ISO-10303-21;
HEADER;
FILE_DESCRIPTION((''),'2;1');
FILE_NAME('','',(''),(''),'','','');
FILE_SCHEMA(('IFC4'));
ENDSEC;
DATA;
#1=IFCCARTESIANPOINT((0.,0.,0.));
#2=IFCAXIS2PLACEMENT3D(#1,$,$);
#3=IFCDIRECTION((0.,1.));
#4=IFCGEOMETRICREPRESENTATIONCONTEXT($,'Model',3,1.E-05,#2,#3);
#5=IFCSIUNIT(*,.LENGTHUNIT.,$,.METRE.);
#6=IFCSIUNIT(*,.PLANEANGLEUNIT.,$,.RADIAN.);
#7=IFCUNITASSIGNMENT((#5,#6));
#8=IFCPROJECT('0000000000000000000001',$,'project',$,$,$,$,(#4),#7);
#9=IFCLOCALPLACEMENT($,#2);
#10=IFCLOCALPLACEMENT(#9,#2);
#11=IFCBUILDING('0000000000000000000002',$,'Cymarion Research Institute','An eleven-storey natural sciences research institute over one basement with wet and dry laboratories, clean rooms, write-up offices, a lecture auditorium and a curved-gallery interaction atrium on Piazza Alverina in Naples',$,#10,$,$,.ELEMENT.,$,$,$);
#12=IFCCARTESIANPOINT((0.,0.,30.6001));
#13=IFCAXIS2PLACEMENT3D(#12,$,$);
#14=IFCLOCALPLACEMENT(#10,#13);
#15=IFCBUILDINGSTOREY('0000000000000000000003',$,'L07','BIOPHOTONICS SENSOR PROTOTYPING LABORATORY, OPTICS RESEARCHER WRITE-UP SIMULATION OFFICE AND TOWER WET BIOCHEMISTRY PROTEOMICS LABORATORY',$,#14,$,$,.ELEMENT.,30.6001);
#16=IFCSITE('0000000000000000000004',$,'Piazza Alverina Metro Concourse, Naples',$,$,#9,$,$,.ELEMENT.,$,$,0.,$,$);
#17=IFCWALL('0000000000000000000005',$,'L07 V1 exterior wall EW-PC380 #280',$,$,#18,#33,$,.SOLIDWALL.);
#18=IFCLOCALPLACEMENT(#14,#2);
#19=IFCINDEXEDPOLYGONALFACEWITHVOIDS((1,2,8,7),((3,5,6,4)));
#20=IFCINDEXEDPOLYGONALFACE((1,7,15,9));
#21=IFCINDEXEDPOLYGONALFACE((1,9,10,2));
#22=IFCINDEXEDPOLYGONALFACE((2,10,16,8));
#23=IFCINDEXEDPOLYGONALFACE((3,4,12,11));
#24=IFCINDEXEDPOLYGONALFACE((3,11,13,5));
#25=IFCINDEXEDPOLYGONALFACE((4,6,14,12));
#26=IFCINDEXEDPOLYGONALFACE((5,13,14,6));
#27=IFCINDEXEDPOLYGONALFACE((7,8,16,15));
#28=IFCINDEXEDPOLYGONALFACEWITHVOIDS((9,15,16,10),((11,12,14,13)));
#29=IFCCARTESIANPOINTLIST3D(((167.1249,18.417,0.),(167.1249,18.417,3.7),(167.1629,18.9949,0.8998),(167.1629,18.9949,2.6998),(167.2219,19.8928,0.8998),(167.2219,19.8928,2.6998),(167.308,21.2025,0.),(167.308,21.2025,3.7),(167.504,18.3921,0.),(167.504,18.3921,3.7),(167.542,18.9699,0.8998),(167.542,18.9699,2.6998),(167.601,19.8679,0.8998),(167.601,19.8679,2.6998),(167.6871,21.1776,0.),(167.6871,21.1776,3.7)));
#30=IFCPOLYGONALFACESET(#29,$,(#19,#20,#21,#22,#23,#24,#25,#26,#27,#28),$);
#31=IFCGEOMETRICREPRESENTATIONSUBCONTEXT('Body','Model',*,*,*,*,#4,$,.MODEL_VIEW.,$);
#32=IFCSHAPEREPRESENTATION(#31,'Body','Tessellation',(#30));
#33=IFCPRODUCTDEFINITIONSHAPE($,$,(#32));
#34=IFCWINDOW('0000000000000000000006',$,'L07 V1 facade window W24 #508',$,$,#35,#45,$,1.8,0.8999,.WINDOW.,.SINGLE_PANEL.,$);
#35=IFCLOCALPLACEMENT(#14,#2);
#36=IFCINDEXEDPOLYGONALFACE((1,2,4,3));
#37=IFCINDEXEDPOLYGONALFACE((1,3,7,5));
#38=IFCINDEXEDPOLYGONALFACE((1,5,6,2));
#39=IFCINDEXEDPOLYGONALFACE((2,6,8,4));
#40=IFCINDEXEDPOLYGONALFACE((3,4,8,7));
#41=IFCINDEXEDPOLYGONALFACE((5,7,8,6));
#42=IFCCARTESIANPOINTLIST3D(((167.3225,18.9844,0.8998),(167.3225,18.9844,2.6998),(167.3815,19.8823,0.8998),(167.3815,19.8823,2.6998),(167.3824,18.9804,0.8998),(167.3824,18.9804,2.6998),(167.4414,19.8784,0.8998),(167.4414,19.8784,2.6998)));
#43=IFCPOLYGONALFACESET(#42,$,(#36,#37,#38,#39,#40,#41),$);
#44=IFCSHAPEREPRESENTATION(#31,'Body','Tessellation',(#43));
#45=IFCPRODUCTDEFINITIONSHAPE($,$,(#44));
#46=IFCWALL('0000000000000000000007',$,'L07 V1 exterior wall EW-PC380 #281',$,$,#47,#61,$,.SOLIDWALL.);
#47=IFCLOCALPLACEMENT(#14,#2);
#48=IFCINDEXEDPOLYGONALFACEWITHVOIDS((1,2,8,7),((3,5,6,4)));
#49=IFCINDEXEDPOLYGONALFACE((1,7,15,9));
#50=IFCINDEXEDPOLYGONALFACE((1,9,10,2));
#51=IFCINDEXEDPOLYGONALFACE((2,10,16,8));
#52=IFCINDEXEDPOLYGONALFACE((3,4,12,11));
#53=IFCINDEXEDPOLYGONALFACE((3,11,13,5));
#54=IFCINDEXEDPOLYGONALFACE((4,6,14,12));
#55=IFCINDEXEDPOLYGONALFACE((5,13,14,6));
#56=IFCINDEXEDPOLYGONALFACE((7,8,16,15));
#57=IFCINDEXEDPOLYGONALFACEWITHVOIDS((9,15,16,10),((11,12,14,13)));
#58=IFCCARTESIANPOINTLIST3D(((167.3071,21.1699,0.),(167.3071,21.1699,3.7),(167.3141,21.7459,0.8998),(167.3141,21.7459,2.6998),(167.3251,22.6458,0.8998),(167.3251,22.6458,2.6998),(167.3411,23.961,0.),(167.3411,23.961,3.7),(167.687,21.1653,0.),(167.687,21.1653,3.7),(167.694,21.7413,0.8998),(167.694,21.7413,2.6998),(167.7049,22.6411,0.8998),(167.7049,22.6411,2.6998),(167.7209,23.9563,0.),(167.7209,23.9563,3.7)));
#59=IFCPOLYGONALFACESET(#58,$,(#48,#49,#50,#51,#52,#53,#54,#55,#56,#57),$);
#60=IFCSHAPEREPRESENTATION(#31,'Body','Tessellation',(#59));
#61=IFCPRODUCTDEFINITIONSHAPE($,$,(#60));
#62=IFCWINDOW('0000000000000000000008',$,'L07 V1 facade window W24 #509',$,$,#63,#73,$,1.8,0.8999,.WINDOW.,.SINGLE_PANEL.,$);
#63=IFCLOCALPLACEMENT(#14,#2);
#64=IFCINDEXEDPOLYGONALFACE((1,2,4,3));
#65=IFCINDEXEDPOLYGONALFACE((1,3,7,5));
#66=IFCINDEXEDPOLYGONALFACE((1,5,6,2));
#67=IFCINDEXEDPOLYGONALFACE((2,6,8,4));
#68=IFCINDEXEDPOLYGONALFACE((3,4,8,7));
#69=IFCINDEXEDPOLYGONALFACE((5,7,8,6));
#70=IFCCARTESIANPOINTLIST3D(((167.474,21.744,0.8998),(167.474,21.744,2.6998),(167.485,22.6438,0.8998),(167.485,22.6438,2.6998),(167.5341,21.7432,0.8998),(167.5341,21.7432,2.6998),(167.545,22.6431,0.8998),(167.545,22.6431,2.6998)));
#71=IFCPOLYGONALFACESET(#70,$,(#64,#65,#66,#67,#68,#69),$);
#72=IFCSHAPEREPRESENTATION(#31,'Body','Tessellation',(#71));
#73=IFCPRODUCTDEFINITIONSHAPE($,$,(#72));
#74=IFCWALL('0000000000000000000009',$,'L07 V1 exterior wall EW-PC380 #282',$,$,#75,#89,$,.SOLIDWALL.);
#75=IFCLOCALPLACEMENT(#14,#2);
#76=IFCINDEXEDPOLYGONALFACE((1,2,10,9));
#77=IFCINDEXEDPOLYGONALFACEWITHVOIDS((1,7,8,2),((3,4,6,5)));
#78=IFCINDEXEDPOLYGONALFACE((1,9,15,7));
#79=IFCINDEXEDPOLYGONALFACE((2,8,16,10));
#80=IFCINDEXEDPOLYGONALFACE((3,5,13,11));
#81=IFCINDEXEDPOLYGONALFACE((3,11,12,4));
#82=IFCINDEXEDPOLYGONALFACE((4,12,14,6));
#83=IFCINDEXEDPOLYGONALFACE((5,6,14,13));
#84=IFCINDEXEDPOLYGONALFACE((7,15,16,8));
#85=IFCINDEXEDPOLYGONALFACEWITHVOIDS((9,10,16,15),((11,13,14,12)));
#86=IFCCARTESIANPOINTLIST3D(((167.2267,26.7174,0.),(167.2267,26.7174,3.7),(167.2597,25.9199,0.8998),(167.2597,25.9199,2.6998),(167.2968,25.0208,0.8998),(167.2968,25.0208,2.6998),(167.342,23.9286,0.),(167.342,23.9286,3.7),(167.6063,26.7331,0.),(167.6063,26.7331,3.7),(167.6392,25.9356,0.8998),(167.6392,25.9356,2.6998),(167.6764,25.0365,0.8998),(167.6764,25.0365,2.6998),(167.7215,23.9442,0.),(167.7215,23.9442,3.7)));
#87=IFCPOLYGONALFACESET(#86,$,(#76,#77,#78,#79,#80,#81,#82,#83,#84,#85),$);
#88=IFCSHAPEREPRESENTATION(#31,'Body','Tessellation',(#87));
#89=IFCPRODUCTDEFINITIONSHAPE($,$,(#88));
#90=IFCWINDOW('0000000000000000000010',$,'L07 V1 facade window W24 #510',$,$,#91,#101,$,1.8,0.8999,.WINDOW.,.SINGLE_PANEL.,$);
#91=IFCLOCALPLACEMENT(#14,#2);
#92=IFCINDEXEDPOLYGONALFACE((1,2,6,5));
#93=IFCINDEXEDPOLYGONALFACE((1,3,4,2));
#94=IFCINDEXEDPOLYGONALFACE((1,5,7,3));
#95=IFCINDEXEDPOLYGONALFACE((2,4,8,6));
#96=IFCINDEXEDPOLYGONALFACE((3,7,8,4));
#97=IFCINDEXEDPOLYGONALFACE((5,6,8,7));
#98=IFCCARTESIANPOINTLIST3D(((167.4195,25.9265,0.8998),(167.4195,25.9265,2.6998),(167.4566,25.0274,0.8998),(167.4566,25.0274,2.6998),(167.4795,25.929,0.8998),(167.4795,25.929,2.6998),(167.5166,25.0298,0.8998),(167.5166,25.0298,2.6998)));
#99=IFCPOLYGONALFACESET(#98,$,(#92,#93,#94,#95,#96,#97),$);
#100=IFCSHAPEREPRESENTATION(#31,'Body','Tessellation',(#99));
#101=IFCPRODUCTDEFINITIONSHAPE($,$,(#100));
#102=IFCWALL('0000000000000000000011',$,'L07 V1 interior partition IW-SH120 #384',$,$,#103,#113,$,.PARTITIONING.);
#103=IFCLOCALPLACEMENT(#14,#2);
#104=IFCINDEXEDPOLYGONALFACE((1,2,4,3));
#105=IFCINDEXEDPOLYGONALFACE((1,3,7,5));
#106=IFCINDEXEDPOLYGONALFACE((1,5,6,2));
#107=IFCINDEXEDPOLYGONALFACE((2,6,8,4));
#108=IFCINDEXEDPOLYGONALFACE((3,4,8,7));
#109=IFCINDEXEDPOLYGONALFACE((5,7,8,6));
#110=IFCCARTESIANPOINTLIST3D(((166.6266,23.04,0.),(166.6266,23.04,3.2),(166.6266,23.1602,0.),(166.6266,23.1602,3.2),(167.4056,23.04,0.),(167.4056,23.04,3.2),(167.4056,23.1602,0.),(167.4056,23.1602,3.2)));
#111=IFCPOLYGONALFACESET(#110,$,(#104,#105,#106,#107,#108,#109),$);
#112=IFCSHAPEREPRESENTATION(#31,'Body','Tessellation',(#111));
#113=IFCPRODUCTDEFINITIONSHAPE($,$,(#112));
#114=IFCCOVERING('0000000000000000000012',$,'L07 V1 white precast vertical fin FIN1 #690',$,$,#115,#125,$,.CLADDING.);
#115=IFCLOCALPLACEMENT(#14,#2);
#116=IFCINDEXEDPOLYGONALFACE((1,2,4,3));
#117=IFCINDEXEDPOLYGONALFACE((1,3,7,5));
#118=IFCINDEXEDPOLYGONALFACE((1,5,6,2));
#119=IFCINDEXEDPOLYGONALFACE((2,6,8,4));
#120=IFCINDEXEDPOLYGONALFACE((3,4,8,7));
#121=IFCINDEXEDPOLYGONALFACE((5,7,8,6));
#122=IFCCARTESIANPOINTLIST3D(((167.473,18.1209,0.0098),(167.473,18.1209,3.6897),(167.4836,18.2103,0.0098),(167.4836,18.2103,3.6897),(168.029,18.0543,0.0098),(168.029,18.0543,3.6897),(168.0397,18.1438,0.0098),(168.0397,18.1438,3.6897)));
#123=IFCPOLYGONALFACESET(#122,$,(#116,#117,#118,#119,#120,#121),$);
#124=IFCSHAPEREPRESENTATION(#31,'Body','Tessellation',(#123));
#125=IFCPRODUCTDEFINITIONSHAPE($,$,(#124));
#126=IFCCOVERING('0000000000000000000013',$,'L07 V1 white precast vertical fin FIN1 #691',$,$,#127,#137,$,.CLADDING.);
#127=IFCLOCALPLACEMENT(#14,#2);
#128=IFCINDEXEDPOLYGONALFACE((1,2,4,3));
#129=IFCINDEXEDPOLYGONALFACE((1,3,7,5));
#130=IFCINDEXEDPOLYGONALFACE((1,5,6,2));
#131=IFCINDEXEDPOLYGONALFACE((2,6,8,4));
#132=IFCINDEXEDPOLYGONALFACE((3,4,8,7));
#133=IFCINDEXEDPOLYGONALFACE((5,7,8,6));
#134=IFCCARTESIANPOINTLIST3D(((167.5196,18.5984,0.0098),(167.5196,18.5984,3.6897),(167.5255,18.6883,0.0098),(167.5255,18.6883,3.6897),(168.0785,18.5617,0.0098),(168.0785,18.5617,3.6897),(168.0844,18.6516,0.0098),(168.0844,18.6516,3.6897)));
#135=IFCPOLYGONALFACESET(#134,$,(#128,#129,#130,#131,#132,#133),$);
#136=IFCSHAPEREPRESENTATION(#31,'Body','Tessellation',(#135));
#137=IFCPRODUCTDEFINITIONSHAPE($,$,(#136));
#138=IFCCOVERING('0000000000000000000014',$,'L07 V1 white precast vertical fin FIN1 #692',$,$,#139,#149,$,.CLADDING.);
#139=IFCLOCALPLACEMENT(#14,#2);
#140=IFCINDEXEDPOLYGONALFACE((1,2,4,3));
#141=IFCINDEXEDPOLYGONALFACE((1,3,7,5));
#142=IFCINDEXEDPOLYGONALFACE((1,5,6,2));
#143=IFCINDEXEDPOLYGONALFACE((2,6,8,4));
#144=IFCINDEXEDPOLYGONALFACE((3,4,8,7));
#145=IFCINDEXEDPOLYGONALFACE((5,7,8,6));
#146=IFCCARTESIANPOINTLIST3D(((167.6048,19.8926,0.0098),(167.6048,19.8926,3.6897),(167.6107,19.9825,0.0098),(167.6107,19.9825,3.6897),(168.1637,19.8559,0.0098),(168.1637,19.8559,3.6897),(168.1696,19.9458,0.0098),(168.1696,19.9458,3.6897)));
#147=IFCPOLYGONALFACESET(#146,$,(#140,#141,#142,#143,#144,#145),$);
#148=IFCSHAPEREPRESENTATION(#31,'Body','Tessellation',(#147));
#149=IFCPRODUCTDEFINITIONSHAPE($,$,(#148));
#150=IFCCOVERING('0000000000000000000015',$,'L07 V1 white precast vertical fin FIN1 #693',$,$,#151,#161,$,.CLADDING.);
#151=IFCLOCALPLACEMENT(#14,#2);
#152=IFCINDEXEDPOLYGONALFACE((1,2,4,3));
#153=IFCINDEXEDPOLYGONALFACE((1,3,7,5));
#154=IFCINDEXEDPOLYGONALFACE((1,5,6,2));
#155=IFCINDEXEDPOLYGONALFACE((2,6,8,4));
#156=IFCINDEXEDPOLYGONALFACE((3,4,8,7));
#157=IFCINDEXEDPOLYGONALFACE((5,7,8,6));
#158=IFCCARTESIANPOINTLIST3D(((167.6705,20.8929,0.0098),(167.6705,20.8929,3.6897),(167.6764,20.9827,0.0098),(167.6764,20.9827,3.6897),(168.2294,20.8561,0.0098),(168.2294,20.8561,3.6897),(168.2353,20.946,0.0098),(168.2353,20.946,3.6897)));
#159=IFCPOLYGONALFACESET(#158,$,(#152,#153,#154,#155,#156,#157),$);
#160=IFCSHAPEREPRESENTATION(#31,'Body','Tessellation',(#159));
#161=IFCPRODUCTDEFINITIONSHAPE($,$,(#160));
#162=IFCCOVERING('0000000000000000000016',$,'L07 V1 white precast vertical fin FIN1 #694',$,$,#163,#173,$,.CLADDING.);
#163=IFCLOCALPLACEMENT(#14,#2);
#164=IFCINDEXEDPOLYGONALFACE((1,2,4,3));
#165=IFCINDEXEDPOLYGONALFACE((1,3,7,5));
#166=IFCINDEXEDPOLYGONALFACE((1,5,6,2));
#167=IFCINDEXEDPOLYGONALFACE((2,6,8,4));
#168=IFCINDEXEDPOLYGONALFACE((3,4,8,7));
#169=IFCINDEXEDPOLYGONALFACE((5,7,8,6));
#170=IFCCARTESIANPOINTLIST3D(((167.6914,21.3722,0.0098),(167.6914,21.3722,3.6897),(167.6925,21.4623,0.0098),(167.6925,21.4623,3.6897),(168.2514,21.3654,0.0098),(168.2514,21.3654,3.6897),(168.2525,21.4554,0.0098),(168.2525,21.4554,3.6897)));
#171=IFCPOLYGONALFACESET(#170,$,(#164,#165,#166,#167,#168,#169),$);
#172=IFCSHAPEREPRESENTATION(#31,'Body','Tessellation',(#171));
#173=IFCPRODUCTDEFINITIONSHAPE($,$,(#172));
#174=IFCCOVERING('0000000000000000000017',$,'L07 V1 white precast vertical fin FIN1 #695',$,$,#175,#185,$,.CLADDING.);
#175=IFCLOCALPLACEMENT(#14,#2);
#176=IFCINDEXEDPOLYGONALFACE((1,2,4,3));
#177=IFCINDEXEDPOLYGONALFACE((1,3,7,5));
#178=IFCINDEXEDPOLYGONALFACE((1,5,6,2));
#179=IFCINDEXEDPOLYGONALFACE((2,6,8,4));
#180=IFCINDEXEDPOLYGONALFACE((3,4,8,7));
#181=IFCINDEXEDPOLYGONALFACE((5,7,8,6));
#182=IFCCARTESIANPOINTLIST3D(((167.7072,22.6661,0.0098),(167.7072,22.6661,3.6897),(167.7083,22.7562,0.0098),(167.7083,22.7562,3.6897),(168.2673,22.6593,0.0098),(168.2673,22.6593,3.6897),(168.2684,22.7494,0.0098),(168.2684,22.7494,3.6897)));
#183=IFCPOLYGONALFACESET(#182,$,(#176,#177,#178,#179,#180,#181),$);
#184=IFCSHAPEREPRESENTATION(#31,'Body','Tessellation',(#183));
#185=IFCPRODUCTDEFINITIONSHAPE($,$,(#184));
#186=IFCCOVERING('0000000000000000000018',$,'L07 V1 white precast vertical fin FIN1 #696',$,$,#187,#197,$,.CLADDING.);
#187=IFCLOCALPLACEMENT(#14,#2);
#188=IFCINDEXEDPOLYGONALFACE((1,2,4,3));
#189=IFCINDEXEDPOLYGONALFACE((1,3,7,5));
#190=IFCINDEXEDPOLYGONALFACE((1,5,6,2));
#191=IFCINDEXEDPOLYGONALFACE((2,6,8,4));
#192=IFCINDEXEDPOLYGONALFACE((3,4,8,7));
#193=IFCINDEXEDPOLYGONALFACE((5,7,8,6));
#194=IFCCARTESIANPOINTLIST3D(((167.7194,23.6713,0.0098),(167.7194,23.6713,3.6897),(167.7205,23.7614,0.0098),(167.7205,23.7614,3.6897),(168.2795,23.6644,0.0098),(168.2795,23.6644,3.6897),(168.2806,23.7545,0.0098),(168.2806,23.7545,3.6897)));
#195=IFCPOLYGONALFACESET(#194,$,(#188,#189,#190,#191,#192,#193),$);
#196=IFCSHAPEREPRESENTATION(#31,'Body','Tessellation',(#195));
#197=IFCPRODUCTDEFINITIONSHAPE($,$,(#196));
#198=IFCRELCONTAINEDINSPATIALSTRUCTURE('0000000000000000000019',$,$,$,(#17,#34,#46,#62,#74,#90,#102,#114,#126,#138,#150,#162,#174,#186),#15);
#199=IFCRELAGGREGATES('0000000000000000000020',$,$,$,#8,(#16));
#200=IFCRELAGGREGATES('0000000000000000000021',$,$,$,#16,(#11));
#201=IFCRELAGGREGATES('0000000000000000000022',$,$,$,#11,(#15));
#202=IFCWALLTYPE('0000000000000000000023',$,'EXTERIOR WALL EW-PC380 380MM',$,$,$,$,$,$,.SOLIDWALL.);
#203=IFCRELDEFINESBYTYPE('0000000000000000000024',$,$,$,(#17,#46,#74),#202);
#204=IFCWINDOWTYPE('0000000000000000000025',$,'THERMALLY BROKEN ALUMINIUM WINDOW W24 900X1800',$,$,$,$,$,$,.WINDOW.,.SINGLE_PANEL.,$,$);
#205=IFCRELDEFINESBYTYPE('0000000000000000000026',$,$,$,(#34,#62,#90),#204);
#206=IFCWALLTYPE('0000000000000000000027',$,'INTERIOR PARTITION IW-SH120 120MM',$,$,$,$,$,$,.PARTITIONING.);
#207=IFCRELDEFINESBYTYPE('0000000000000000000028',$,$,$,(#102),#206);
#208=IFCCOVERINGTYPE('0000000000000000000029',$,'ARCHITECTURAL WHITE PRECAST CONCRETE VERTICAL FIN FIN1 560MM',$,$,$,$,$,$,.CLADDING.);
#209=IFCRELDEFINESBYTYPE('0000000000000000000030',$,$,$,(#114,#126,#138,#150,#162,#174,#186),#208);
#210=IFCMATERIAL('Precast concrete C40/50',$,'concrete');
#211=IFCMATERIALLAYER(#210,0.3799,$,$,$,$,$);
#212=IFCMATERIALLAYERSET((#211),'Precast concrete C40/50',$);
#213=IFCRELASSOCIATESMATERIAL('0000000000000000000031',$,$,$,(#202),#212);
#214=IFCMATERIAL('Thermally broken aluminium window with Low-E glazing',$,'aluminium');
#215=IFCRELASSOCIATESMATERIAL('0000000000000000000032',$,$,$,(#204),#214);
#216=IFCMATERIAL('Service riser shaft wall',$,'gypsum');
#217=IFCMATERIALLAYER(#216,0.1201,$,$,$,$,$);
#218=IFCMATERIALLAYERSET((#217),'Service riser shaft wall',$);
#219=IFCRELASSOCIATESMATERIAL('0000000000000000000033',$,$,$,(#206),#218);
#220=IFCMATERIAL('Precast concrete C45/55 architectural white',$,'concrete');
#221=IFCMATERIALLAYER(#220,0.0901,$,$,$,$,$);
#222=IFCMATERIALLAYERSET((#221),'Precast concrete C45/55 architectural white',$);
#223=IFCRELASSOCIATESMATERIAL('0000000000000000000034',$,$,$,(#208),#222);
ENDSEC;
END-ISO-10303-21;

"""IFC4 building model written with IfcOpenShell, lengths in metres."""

from ifc_helpers import new_model, si_unit, direction, frame, frame_2d, origin, origin_2d, place, context, subcontext, project, spatial, rectangle, extrude, material, layer, layer_set, type_object, element, fill, save


model = new_model("IFC4")

# Units and contexts
model_context = context("Model", 3, precision=1e-05, world=origin(), true_north=direction((0.0, 1.0)))
body_context = subcontext(model_context, "Body", "Model", "MODEL_VIEW")
ifc_project = project(units=[si_unit("LENGTHUNIT", "METRE"), si_unit("PLANEANGLEUNIT", "RADIAN")], contexts=[model_context])

# Site, building, storey
site_placement = place(None, origin())
site = spatial("IfcSite", under=ifc_project, at=site_placement, Name="Piazza Alverina Metro Concourse, Naples", CompositionType="ELEMENT", RefElevation=0.0)
building_placement = place(site_placement, origin())
building = spatial("IfcBuilding", under=site, at=building_placement, Name="Cymarion Research Institute", Description="An eleven-storey natural sciences research institute over one basement with wet and dry laboratories, clean rooms, write-up offices, a lecture auditorium and a curved-gallery interaction atrium on Piazza Alverina in Naples", CompositionType="ELEMENT")
storey_placement = place(building_placement, frame((0.0, 0.0, 30.6001)))
storey = spatial("IfcBuildingStorey", under=building, at=storey_placement, Name="L07", Description="BIOPHOTONICS SENSOR PROTOTYPING LABORATORY, OPTICS RESEARCHER WRITE-UP SIMULATION OFFICE AND TOWER WET BIOCHEMISTRY PROTEOMICS LABORATORY", CompositionType="ELEMENT", Elevation=30.6001)

# Walls, openings, windows
ifc_material_1 = material(Name="Precast concrete C40/50", Category="concrete")
ifc_layer_1 = layer(ifc_material_1, 0.3799)
ifc_layer_set_1 = layer_set([ifc_layer_1], Name="Precast concrete C40/50")
wall_type_1 = type_object("IfcWallType", Name="EXTERIOR WALL EW-PC380 380MM", PredefinedType="SOLIDWALL", material=ifc_layer_set_1)
wall_1_placement = place(storey_placement, frame((167.3145, 18.4045, 0.0), z_axis=(0.0, 0.0, 1.0), x_axis=(0.065596, 0.997846, 0.0)))
wall_1 = element("IfcWall", 1, at=wall_1_placement, inside=storey, type_object=wall_type_1, Name="L07 V1 exterior wall EW-PC380 #280", PredefinedType="SOLIDWALL", context=body_context, shape_type="SweptSolid", body=[
    extrude(rectangle(XDim=2.7915, YDim=0.3799, at=frame_2d((1.3958, 0.0))), origin(), (0.0, 0.0, 1.0), 3.7),
])
opening_1_placement = place(wall_1_placement, frame((0.5791, 0.0, 0.8999)))
opening_1 = element("IfcOpeningElement", 2, at=opening_1_placement, cuts=wall_1, PredefinedType="OPENING", context=body_context, shape_type="SweptSolid", body=[
    extrude(rectangle(XDim=0.8999, YDim=1.8, at=frame_2d((0.45, 0.8999))), frame((0.0, 0.2, 0.0), z_axis=(0.0, -1.0, 0.0), x_axis=(1.0, 0.0, 0.0)), (0.0, 0.0, 1.0), 0.3999),
])
ifc_material_2 = material(Name="Thermally broken aluminium window with Low-E glazing", Category="aluminium")
window_type = type_object("IfcWindowType", Name="THERMALLY BROKEN ALUMINIUM WINDOW W24 900X1800", PartitioningType="SINGLE_PANEL", PredefinedType="WINDOW", material=ifc_material_2)
window_1_placement = place(opening_1_placement, origin())
window_1 = element("IfcWindow", 3, at=window_1_placement, inside=storey, type_object=window_type, Name="L07 V1 facade window W24 #508", OverallHeight=1.8, OverallWidth=0.8999, PartitioningType="SINGLE_PANEL", PredefinedType="WINDOW", context=body_context, shape_type="SweptSolid", body=[
    extrude(rectangle(XDim=0.8999, YDim=1.8, at=frame_2d((0.45, 0.8999))), frame((0.0, 0.03, 0.0), z_axis=(0.0, -1.0, 0.0), x_axis=(1.0, 0.0, 0.0)), (0.0, 0.0, 1.0), 0.0601),
])
fill(opening_1, window_1)
wall_2_placement = place(storey_placement, frame((167.4971, 21.1677, 0.0), z_axis=(0.0, 0.0, 1.0), x_axis=(0.012158, 0.999926, 0.0)))
wall_2 = element("IfcWall", 4, at=wall_2_placement, inside=storey, type_object=wall_type_1, Name="L07 V1 exterior wall EW-PC380 #281", PredefinedType="SOLIDWALL", context=body_context, shape_type="SweptSolid", body=[
    extrude(rectangle(XDim=2.7913, YDim=0.3799, at=frame_2d((1.3955, 0.0))), origin(), (0.0, 0.0, 1.0), 3.7),
])
opening_2_placement = place(wall_2_placement, frame((0.5759, 0.0, 0.8999)))
opening_2 = element("IfcOpeningElement", 5, at=opening_2_placement, cuts=wall_2, PredefinedType="OPENING", context=body_context, shape_type="SweptSolid", body=[
    extrude(rectangle(XDim=0.8999, YDim=1.8, at=frame_2d((0.45, 0.8999))), frame((0.0, 0.2, 0.0), z_axis=(0.0, -1.0, 0.0), x_axis=(1.0, 0.0, 0.0)), (0.0, 0.0, 1.0), 0.3999),
])
window_2_placement = place(opening_2_placement, origin())
window_2 = element("IfcWindow", 6, at=window_2_placement, inside=storey, type_object=window_type, Name="L07 V1 facade window W24 #509", OverallHeight=1.8, OverallWidth=0.8999, PartitioningType="SINGLE_PANEL", PredefinedType="WINDOW", context=body_context, shape_type="SweptSolid", body=[
    extrude(rectangle(XDim=0.8999, YDim=1.8, at=frame_2d((0.45, 0.8999))), frame((0.0, 0.03, 0.0), z_axis=(0.0, -1.0, 0.0), x_axis=(1.0, 0.0, 0.0)), (0.0, 0.0, 1.0), 0.0601),
])
fill(opening_2, window_2)
wall_3_placement = place(storey_placement, frame((167.5317, 23.9365, 0.0), z_axis=(0.0, 0.0, 1.0), x_axis=(-0.041285, 0.999147, 0.0)))
wall_3 = element("IfcWall", 7, at=wall_3_placement, inside=storey, type_object=wall_type_1, Name="L07 V1 exterior wall EW-PC380 #282", PredefinedType="SOLIDWALL", context=body_context, shape_type="SweptSolid", body=[
    extrude(rectangle(XDim=2.7913, YDim=0.3799, at=frame_2d((1.3955, 0.0))), origin(), (0.0, 0.0, 1.0), 3.7),
])
opening_3_placement = place(wall_3_placement, frame((1.093, 0.0, 0.8999)))
opening_3 = element("IfcOpeningElement", 8, at=opening_3_placement, cuts=wall_3, PredefinedType="OPENING", context=body_context, shape_type="SweptSolid", body=[
    extrude(rectangle(XDim=0.8999, YDim=1.8, at=frame_2d((0.45, 0.8999))), frame((0.0, 0.2, 0.0), z_axis=(0.0, -1.0, 0.0), x_axis=(1.0, 0.0, 0.0)), (0.0, 0.0, 1.0), 0.3999),
])
window_3_placement = place(opening_3_placement, origin())
window_3 = element("IfcWindow", 9, at=window_3_placement, inside=storey, type_object=window_type, Name="L07 V1 facade window W24 #510", OverallHeight=1.8, OverallWidth=0.8999, PartitioningType="SINGLE_PANEL", PredefinedType="WINDOW", context=body_context, shape_type="SweptSolid", body=[
    extrude(rectangle(XDim=0.8999, YDim=1.8, at=frame_2d((0.45, 0.8999))), frame((0.0, 0.03, 0.0), z_axis=(0.0, -1.0, 0.0), x_axis=(1.0, 0.0, 0.0)), (0.0, 0.0, 1.0), 0.0601),
])
fill(opening_3, window_3)

# Wall
ifc_material_3 = material(Name="Service riser shaft wall", Category="gypsum")
ifc_layer_2 = layer(ifc_material_3, 0.1201)
ifc_layer_set_2 = layer_set([ifc_layer_2], Name="Service riser shaft wall")
wall_type_2 = type_object("IfcWallType", Name="INTERIOR PARTITION IW-SH120 120MM", PredefinedType="PARTITIONING", material=ifc_layer_set_2)
wall_4_placement = place(storey_placement, frame((166.6265, 23.1001, 0.0), z_axis=(0.0, 0.0, 1.0), x_axis=(1.0, 0.0, 0.0)))
element("IfcWall", 10, at=wall_4_placement, inside=storey, type_object=wall_type_2, Name="L07 V1 interior partition IW-SH120 #384", PredefinedType="PARTITIONING", context=body_context, shape_type="SweptSolid", body=[
    extrude(rectangle(XDim=0.7791, YDim=0.1201, at=frame_2d((0.3896, 0.0))), origin(), (0.0, 0.0, 1.0), 3.2),
])

# Coverings
ifc_material_4 = material(Name="Precast concrete C45/55 architectural white", Category="concrete")
ifc_layer_3 = layer(ifc_material_4, 0.0901)
ifc_layer_set_3 = layer_set([ifc_layer_3], Name="Precast concrete C45/55 architectural white")
covering_type = type_object("IfcCoveringType", Name="ARCHITECTURAL WHITE PRECAST CONCRETE VERTICAL FIN FIN1 560MM", PredefinedType="CLADDING", material=ifc_layer_set_3)
for number, where, z_axis, x_axis, name in (
    (11, (167.7563, 18.1323, 0.0098), (0.0, 0.0, 1.0), (0.992924, -0.118751, 0.0), "L07 V1 white precast vertical fin FIN1 #690"),
    (12, (167.802, 18.625, 0.0098), (0.0, 0.0, 1.0), (0.997847, -0.065577, 0.0), "L07 V1 white precast vertical fin FIN1 #691"),
    (13, (167.8872, 19.9192, 0.0098), (0.0, 0.0, 1.0), (0.997847, -0.065577, 0.0), "L07 V1 white precast vertical fin FIN1 #692"),
    (14, (167.9529, 20.9194, 0.0098), (0.0, 0.0, 1.0), (0.997847, -0.065577, 0.0), "L07 V1 white precast vertical fin FIN1 #693"),
    (15, (167.9719, 21.4138, 0.0098), (0.0, 0.0, 1.0), (0.999925, -0.012217, 0.0), "L07 V1 white precast vertical fin FIN1 #694"),
    (16, (167.9878, 22.7078, 0.0098), (0.0, 0.0, 1.0), (0.999925, -0.012217, 0.0), "L07 V1 white precast vertical fin FIN1 #695"),
    (17, (168.0, 23.7129, 0.0098), (0.0, 0.0, 1.0), (0.999925, -0.012217, 0.0), "L07 V1 white precast vertical fin FIN1 #696"),
):
    element("IfcCovering", number, at=place(storey_placement, frame(where, z_axis=z_axis, x_axis=x_axis)), inside=storey, type_object=covering_type, Name=name, PredefinedType="CLADDING", context=body_context, shape_type="SweptSolid", body=[
        extrude(rectangle(XDim=0.5601, YDim=0.0901, at=origin_2d()), origin(), (0.0, 0.0, 1.0), 3.6799),
    ])

save(model, "model.ifc")
